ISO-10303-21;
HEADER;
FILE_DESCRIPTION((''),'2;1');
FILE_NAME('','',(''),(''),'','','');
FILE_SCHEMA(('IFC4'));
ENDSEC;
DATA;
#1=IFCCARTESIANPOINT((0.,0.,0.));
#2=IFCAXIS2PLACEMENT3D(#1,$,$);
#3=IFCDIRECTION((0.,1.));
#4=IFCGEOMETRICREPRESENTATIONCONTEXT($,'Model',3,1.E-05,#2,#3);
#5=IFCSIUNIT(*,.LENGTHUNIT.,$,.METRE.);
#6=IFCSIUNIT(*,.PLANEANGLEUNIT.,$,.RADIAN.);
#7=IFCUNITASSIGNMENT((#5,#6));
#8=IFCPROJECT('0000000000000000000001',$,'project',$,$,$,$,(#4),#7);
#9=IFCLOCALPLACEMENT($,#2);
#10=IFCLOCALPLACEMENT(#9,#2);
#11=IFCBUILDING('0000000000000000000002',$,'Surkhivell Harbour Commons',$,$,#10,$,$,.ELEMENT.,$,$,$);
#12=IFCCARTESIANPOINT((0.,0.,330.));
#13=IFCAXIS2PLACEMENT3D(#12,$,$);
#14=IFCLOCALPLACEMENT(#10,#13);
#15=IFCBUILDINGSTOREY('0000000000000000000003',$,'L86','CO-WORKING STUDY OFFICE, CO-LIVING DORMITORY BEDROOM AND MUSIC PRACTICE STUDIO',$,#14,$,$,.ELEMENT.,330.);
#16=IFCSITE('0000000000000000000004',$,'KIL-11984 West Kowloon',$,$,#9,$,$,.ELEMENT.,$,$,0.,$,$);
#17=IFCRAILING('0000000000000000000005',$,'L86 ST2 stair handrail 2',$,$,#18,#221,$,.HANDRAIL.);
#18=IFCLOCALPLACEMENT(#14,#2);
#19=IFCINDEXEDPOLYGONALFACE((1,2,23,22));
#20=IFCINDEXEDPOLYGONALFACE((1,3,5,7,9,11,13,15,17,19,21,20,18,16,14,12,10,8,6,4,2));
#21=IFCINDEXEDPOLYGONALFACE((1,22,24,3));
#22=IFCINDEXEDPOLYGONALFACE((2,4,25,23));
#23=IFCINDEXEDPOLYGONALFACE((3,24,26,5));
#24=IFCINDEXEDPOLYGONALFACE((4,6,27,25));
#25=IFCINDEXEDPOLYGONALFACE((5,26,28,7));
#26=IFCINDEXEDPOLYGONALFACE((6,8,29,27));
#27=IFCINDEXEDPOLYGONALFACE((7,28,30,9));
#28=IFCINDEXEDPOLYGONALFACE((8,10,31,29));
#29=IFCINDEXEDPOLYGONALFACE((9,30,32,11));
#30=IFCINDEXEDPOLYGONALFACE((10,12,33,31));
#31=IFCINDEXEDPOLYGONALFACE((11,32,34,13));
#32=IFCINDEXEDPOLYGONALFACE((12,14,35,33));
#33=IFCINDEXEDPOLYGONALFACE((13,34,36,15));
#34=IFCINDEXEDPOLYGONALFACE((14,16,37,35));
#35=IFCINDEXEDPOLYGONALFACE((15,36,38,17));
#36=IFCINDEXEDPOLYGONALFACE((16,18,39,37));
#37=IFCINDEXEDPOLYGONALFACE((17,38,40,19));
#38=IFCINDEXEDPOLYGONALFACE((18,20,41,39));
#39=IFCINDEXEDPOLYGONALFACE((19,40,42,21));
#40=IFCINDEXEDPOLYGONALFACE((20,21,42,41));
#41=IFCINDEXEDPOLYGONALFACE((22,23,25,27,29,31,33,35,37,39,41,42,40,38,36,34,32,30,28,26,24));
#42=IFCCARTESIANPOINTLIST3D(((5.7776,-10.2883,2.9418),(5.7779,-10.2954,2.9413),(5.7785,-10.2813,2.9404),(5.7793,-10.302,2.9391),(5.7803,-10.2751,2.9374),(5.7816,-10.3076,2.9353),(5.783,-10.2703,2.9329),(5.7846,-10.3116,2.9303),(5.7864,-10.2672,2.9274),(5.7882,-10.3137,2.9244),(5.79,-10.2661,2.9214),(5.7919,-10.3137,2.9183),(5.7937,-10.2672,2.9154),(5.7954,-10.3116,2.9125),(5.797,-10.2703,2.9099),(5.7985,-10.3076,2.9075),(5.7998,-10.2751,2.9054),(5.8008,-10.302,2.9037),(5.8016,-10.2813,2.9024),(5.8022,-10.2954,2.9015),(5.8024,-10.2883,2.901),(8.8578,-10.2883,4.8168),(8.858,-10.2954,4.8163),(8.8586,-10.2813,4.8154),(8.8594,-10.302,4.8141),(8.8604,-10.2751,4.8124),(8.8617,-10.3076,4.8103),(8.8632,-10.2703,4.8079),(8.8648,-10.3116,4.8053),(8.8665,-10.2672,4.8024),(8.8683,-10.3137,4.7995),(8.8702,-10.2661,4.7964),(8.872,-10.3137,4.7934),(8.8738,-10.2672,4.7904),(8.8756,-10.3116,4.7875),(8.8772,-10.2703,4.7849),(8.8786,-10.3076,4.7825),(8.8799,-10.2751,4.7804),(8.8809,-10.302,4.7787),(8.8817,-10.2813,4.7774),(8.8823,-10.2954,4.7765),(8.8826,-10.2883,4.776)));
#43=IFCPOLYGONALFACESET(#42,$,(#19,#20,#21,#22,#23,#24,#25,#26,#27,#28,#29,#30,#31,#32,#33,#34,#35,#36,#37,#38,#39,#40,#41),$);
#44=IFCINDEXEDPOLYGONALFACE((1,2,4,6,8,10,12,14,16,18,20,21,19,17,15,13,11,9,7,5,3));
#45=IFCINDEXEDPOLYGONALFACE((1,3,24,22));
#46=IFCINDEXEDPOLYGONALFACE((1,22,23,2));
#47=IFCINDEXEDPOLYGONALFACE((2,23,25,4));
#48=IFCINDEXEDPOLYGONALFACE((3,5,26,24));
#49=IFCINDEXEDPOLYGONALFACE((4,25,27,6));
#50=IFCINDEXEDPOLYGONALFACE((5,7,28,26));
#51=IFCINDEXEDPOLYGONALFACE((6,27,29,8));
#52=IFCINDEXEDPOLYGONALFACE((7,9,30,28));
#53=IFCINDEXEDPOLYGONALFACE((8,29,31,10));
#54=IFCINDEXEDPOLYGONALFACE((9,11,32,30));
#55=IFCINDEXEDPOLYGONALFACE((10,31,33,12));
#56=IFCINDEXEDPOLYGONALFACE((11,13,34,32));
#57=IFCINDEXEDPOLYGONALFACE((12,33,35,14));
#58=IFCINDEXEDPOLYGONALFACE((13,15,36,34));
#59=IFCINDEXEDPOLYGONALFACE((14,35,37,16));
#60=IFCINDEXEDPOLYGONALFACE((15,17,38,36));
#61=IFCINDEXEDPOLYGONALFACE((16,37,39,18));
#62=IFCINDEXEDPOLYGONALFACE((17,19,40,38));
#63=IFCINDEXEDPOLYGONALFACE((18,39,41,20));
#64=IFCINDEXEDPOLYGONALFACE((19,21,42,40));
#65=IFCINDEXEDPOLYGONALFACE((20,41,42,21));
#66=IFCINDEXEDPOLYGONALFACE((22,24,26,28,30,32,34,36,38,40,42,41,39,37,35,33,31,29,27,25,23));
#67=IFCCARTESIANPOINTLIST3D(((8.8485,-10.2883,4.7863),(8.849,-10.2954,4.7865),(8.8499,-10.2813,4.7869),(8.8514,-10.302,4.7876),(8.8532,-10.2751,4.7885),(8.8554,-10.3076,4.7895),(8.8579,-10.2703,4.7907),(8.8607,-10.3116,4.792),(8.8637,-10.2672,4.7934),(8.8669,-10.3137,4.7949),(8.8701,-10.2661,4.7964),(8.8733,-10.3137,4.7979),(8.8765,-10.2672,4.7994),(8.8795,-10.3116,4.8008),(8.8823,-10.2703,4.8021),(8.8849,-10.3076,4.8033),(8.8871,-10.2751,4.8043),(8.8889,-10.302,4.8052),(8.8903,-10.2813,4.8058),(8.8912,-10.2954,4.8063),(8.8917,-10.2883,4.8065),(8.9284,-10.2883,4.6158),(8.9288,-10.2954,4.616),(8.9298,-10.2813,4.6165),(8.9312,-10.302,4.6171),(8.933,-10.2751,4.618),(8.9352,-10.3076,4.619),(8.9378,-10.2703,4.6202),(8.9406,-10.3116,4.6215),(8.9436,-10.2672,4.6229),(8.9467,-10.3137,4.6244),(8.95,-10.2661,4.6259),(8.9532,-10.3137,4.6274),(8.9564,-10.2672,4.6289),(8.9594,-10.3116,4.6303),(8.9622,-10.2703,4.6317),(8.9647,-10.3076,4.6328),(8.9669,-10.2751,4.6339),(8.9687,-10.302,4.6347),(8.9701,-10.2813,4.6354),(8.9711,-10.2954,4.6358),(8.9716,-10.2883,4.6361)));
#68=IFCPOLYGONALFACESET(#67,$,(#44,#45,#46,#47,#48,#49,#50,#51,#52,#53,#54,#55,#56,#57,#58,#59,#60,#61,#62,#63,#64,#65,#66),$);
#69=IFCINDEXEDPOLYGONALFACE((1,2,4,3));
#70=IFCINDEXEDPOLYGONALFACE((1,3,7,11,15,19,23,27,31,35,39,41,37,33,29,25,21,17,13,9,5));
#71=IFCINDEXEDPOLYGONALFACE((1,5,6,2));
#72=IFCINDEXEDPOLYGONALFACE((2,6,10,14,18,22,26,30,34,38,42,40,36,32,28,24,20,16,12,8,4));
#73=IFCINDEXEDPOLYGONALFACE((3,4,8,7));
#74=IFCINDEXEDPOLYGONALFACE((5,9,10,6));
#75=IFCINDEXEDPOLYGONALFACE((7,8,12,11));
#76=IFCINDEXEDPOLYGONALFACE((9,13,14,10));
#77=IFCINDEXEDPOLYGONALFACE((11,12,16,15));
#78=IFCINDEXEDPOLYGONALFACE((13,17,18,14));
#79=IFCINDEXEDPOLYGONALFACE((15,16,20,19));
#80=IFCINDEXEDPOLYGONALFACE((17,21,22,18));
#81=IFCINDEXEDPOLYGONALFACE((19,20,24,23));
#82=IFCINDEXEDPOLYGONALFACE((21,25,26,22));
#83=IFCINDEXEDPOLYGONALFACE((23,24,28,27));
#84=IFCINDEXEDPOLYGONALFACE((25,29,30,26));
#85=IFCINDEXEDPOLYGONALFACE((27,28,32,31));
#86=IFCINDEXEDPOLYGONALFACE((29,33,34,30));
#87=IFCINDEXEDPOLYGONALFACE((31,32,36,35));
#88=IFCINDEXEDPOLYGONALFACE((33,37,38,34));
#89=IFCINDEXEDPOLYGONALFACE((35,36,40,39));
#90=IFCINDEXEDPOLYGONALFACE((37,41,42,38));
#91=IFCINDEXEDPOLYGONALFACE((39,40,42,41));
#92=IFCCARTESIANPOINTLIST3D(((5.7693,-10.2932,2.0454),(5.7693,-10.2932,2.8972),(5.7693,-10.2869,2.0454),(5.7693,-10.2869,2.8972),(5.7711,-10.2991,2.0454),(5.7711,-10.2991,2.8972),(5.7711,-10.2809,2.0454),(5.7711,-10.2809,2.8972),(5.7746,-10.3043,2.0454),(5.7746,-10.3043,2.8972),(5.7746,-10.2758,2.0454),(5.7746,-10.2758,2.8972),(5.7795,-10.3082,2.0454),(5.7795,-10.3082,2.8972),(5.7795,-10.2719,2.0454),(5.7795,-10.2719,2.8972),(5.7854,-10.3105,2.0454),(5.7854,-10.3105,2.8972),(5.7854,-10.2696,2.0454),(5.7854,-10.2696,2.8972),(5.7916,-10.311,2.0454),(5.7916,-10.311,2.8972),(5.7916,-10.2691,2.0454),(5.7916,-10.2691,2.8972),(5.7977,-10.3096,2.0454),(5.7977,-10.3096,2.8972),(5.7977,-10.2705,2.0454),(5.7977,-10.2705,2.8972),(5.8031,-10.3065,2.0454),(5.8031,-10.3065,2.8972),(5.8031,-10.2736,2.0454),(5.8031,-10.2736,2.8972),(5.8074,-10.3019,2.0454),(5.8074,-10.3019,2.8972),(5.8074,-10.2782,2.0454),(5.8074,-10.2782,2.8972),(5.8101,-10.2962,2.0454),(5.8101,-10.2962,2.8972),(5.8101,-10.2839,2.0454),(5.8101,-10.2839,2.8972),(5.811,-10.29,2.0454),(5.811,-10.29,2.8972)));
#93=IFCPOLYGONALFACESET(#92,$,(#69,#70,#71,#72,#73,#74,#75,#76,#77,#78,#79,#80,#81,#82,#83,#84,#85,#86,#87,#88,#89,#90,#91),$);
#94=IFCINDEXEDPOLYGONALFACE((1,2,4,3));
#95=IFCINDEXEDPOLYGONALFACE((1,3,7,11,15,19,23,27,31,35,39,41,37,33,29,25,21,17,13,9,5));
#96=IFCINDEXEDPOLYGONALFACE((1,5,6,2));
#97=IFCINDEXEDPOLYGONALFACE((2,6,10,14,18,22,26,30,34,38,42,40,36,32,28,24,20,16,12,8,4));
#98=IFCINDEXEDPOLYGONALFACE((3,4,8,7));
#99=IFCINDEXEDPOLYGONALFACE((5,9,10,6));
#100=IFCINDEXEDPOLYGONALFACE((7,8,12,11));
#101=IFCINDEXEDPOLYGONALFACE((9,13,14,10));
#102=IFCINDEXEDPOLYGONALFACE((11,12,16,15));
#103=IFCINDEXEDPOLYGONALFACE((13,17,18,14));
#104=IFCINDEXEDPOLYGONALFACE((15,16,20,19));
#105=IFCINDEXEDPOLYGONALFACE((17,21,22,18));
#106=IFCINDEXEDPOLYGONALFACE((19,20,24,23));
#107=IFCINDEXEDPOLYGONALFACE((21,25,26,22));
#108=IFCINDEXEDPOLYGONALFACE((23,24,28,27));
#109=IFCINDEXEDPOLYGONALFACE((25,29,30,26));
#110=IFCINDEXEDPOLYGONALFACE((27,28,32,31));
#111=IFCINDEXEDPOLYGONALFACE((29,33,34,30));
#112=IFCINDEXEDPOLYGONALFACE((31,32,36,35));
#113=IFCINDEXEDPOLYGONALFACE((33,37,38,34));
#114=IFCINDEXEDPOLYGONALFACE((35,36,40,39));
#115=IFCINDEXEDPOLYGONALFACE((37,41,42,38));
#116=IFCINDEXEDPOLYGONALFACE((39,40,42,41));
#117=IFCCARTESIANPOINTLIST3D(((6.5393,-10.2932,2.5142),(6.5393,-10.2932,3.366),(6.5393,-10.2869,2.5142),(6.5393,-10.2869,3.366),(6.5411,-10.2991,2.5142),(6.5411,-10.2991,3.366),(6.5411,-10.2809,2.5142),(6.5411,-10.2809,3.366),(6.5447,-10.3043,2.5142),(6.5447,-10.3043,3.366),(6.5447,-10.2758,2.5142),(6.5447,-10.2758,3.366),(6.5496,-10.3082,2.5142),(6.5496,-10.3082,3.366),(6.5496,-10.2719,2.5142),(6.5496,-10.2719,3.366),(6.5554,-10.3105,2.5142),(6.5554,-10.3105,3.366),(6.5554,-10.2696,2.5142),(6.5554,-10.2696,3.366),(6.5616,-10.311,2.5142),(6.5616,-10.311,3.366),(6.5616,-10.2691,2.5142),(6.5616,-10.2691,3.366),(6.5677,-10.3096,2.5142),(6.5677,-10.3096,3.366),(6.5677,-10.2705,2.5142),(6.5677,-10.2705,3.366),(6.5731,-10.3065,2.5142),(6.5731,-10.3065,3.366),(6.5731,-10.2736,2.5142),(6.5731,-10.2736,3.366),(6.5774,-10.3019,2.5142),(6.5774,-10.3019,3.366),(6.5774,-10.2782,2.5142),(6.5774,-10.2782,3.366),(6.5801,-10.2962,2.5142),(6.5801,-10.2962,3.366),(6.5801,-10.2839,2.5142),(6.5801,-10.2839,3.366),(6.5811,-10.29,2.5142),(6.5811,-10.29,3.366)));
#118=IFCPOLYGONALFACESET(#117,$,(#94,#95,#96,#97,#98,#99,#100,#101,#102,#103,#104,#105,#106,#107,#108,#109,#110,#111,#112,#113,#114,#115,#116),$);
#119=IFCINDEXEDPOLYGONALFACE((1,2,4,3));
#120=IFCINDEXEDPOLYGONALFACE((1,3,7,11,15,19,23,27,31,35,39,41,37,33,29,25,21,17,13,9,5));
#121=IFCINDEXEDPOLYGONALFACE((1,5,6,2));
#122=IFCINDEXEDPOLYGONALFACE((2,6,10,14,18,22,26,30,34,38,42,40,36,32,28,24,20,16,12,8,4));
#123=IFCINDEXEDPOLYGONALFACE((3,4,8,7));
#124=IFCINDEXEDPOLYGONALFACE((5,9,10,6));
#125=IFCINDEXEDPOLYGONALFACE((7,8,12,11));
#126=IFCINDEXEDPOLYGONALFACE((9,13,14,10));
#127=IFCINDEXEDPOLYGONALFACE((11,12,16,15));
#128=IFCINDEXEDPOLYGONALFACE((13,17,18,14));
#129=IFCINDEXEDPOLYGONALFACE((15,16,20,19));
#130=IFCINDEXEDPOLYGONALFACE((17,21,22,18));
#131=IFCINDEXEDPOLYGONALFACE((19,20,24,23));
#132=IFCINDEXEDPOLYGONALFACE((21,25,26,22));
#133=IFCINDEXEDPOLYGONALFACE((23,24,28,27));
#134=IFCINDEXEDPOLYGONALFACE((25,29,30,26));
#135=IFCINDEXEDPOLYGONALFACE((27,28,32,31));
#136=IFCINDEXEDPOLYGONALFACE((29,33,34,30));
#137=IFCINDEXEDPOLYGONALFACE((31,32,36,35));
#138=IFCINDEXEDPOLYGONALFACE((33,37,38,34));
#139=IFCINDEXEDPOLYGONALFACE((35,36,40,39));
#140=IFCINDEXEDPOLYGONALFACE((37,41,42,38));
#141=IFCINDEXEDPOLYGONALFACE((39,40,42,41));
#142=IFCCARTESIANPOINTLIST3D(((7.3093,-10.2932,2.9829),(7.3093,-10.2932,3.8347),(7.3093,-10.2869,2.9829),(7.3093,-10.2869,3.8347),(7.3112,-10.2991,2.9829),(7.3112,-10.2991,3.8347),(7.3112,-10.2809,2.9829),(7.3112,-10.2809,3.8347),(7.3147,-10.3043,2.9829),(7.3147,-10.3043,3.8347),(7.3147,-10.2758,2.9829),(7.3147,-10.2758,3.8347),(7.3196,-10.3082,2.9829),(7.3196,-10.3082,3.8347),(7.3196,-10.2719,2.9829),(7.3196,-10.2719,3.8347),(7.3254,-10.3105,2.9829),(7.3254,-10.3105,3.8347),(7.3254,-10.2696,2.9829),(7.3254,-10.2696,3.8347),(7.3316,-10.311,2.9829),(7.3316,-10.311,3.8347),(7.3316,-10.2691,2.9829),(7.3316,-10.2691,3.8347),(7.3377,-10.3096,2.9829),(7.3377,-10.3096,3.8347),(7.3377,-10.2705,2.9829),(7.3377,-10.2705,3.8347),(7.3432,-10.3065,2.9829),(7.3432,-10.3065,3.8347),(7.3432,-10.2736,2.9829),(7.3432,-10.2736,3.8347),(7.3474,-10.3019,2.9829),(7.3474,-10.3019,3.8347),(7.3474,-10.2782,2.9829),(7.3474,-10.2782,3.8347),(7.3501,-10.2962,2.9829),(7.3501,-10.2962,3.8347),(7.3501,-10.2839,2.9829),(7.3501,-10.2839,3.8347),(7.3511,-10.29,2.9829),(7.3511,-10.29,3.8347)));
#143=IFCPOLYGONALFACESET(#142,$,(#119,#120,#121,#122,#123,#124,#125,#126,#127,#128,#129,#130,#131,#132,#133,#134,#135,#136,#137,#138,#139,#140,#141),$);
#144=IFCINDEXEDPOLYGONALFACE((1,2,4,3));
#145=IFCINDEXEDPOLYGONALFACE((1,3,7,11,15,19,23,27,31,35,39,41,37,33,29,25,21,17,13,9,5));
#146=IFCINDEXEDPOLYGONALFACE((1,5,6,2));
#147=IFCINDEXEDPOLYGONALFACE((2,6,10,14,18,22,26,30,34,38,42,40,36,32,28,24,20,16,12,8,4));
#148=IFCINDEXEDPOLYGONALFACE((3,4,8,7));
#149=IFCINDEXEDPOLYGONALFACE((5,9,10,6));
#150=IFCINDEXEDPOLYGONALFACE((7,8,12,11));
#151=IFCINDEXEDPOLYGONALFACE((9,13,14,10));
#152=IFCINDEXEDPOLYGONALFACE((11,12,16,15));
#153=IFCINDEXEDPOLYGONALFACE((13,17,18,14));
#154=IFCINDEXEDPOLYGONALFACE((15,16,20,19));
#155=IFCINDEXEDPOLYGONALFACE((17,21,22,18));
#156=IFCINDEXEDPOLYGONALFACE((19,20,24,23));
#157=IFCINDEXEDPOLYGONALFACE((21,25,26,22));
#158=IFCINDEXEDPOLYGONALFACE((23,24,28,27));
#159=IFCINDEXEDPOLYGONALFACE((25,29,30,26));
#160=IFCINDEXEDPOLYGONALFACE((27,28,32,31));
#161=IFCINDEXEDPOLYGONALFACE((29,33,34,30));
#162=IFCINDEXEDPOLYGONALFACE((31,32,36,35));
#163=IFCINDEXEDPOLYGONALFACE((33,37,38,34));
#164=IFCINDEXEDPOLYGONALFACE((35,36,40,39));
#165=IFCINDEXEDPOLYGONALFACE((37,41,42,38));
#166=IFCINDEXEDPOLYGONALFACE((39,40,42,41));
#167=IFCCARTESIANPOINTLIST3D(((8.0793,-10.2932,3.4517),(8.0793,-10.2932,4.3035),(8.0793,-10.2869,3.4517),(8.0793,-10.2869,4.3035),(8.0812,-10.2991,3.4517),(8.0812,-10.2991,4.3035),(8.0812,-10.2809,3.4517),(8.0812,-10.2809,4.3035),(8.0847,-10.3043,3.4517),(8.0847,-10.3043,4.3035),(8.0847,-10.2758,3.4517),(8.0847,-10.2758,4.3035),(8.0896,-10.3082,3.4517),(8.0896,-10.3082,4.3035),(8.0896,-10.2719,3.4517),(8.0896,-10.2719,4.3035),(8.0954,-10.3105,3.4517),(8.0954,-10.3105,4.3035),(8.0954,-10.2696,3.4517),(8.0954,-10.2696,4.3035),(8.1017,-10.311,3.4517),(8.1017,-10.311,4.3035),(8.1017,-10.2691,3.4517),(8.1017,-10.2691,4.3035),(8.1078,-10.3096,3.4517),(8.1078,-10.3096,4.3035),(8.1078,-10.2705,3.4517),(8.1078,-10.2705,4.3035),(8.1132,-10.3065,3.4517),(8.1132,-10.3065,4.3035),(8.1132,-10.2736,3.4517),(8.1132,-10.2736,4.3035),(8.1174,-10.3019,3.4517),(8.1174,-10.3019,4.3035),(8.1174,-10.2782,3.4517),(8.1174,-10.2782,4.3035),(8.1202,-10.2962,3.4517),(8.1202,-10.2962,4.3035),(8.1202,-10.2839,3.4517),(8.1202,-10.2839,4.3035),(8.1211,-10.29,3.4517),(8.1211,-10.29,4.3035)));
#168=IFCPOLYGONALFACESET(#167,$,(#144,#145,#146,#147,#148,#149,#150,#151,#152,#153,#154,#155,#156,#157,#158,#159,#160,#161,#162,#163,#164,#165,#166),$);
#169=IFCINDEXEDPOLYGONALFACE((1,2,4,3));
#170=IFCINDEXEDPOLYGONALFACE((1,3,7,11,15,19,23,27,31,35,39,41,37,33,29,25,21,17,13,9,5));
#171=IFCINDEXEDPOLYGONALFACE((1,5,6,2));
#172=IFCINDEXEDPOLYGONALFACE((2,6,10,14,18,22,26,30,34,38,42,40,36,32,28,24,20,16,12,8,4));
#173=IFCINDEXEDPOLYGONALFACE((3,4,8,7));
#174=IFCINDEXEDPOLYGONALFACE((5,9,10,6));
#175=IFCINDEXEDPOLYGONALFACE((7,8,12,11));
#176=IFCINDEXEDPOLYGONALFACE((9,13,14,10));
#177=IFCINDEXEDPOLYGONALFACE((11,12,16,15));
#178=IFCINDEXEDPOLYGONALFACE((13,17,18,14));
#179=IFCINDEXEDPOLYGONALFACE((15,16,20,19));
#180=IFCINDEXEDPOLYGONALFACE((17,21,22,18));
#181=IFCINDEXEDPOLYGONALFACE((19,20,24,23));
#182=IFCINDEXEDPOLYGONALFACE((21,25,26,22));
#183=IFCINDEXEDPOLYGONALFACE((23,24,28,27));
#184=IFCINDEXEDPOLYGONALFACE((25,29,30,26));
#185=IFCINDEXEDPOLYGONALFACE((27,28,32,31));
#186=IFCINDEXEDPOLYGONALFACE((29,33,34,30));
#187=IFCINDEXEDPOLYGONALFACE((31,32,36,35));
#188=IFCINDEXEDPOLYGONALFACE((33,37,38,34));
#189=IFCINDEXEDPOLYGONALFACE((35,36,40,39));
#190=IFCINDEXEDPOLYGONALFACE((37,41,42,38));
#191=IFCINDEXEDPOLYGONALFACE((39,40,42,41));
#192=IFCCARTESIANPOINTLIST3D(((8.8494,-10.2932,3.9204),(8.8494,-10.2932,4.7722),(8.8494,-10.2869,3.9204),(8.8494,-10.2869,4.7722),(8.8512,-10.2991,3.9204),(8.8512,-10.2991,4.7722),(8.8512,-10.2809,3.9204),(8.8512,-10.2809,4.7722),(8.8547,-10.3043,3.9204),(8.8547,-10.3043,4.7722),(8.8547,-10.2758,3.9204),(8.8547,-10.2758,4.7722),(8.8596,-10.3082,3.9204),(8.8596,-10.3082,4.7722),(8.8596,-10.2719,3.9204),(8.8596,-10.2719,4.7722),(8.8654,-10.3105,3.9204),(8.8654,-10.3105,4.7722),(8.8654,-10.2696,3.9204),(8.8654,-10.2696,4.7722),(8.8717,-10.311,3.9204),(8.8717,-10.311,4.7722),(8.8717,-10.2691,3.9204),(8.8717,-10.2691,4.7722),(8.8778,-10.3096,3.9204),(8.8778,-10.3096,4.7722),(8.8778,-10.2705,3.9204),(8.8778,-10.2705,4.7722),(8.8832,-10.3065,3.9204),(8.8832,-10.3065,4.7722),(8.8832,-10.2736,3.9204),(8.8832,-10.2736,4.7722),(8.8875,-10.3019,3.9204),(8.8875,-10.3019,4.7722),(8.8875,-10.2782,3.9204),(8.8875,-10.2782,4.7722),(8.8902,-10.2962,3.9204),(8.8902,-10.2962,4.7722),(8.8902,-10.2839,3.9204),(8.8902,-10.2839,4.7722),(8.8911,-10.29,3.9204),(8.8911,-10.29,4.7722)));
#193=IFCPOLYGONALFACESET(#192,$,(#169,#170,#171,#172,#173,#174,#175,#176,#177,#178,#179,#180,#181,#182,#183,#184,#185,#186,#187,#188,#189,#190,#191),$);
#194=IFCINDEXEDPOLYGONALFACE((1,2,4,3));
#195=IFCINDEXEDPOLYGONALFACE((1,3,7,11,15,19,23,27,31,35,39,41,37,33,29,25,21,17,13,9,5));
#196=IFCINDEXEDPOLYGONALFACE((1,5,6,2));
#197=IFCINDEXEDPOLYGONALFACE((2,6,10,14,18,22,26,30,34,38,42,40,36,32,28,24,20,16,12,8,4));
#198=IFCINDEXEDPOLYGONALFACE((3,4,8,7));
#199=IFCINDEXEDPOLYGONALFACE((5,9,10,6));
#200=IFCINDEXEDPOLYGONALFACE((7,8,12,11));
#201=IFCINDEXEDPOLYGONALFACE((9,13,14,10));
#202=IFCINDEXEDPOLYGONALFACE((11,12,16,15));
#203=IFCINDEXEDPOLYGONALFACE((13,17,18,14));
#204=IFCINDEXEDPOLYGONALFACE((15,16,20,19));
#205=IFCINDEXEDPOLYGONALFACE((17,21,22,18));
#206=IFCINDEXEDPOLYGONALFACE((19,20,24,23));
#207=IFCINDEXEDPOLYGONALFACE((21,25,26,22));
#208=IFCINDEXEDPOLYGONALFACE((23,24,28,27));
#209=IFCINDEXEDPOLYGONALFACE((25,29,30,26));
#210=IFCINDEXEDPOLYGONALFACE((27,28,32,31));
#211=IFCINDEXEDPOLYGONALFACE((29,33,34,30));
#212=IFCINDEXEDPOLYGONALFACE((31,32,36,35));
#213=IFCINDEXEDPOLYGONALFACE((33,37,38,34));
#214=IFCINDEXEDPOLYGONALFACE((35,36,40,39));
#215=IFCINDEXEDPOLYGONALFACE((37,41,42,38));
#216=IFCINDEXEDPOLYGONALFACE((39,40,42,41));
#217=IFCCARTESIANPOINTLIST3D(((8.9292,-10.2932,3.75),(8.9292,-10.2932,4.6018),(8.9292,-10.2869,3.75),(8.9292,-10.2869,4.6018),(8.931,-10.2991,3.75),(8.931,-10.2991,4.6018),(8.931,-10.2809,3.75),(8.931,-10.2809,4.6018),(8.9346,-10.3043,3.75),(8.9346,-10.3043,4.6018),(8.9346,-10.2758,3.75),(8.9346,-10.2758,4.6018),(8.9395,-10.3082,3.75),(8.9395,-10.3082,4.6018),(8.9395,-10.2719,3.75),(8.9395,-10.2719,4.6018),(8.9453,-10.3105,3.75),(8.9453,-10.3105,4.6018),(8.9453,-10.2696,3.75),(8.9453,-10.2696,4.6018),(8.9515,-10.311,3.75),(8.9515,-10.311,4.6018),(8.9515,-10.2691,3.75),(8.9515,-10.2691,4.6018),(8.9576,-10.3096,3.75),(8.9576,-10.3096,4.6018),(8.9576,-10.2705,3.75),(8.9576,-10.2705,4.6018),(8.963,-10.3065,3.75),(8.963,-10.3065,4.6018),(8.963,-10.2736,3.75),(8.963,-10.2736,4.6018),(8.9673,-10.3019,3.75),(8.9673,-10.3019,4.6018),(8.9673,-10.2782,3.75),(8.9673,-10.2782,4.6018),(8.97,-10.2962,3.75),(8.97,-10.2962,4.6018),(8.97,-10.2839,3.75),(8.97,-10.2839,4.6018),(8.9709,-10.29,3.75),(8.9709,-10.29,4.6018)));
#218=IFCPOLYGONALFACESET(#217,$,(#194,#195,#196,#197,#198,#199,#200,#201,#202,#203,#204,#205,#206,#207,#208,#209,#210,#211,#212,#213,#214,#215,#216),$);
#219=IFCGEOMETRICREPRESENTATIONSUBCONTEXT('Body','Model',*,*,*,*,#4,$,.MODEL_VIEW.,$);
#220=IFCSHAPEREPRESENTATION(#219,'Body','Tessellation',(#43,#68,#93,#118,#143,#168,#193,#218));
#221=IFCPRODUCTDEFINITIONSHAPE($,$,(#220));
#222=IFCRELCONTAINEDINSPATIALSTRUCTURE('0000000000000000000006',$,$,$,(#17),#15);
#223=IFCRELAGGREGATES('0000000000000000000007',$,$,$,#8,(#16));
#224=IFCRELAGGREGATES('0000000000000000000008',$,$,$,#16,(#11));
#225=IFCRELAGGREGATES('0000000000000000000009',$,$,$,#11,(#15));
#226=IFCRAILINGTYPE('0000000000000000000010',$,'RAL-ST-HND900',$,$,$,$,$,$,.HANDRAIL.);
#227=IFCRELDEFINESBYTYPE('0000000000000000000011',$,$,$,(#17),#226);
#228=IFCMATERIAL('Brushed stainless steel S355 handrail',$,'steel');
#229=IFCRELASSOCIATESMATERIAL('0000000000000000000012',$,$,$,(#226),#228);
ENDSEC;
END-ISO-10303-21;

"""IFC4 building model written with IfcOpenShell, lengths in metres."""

from ifc_helpers import new_model, si_unit, direction, frame, origin, origin_2d, place, context, subcontext, project, spatial, circle, extrude, material, type_object, element, save


model = new_model("IFC4")

# Units and contexts
model_context = context("Model", 3, precision=1e-05, world=origin(), true_north=direction((0.0, 1.0)))
body_context = subcontext(model_context, "Body", "Model", "MODEL_VIEW")
ifc_project = project(units=[si_unit("LENGTHUNIT", "METRE"), si_unit("PLANEANGLEUNIT", "RADIAN")], contexts=[model_context])

# Site, building, storey
site_placement = place(None, origin())
site = spatial("IfcSite", under=ifc_project, at=site_placement, Name="KIL-11984 West Kowloon", CompositionType="ELEMENT", RefElevation=0.0)
building_placement = place(site_placement, origin())
building = spatial("IfcBuilding", under=site, at=building_placement, Name="Surkhivell Harbour Commons", CompositionType="ELEMENT")
storey_placement = place(building_placement, frame((0.0, 0.0, 330.0)))
storey = spatial("IfcBuildingStorey", under=building, at=storey_placement, Name="L86", Description="CO-WORKING STUDY OFFICE, CO-LIVING DORMITORY BEDROOM AND MUSIC PRACTICE STUDIO", CompositionType="ELEMENT", Elevation=330.0)

# Railing
ifc_material_1 = material(Name="Brushed stainless steel S355 handrail", Category="steel")
railing_type_1 = type_object("IfcRailingType", Name="RAL-ST-HND900", PredefinedType="HANDRAIL", material=ifc_material_1)
railing_1_placement = place(storey_placement, frame((5.79, -10.29, 2.0454)))
element("IfcRailing", 1, at=railing_1_placement, inside=storey, type_object=railing_type_1, Name="L86 ST2 stair handrail 2", PredefinedType="HANDRAIL", context=body_context, shape_type="SweptSolid", body=[
    extrude(circle(Radius=0.0239, at=origin_2d()), frame((0.0, 0.0, 0.876), z_axis=(0.854178, 0.0, 0.519981), x_axis=(0.0, 1.0, 0.0)), (0.0, 0.0, 1.0), 3.606),
    extrude(circle(Radius=0.0239, at=origin_2d()), frame((3.0801, 0.0, 2.751), z_axis=(0.424234, 0.0, -0.905552), x_axis=(0.0, 1.0, 0.0)), (0.0, 0.0, 1.0), 0.1882),
    extrude(circle(Radius=0.021, at=origin_2d()), origin(), (0.0, 0.0, 1.0), 0.8518),
    extrude(circle(Radius=0.021, at=origin_2d()), frame((0.77, 0.0, 0.4688)), (0.0, 0.0, 1.0), 0.8518),
    extrude(circle(Radius=0.021, at=origin_2d()), frame((1.54, 0.0, 0.9375)), (0.0, 0.0, 1.0), 0.8518),
    extrude(circle(Radius=0.021, at=origin_2d()), frame((2.3101, 0.0, 1.4062)), (0.0, 0.0, 1.0), 0.8518),
    extrude(circle(Radius=0.021, at=origin_2d()), frame((3.0801, 0.0, 1.875)), (0.0, 0.0, 1.0), 0.8518),
    extrude(circle(Radius=0.021, at=origin_2d()), frame((3.1599, 0.0, 1.7046)), (0.0, 0.0, 1.0), 0.8518),
])

save(model, "model.ifc")
